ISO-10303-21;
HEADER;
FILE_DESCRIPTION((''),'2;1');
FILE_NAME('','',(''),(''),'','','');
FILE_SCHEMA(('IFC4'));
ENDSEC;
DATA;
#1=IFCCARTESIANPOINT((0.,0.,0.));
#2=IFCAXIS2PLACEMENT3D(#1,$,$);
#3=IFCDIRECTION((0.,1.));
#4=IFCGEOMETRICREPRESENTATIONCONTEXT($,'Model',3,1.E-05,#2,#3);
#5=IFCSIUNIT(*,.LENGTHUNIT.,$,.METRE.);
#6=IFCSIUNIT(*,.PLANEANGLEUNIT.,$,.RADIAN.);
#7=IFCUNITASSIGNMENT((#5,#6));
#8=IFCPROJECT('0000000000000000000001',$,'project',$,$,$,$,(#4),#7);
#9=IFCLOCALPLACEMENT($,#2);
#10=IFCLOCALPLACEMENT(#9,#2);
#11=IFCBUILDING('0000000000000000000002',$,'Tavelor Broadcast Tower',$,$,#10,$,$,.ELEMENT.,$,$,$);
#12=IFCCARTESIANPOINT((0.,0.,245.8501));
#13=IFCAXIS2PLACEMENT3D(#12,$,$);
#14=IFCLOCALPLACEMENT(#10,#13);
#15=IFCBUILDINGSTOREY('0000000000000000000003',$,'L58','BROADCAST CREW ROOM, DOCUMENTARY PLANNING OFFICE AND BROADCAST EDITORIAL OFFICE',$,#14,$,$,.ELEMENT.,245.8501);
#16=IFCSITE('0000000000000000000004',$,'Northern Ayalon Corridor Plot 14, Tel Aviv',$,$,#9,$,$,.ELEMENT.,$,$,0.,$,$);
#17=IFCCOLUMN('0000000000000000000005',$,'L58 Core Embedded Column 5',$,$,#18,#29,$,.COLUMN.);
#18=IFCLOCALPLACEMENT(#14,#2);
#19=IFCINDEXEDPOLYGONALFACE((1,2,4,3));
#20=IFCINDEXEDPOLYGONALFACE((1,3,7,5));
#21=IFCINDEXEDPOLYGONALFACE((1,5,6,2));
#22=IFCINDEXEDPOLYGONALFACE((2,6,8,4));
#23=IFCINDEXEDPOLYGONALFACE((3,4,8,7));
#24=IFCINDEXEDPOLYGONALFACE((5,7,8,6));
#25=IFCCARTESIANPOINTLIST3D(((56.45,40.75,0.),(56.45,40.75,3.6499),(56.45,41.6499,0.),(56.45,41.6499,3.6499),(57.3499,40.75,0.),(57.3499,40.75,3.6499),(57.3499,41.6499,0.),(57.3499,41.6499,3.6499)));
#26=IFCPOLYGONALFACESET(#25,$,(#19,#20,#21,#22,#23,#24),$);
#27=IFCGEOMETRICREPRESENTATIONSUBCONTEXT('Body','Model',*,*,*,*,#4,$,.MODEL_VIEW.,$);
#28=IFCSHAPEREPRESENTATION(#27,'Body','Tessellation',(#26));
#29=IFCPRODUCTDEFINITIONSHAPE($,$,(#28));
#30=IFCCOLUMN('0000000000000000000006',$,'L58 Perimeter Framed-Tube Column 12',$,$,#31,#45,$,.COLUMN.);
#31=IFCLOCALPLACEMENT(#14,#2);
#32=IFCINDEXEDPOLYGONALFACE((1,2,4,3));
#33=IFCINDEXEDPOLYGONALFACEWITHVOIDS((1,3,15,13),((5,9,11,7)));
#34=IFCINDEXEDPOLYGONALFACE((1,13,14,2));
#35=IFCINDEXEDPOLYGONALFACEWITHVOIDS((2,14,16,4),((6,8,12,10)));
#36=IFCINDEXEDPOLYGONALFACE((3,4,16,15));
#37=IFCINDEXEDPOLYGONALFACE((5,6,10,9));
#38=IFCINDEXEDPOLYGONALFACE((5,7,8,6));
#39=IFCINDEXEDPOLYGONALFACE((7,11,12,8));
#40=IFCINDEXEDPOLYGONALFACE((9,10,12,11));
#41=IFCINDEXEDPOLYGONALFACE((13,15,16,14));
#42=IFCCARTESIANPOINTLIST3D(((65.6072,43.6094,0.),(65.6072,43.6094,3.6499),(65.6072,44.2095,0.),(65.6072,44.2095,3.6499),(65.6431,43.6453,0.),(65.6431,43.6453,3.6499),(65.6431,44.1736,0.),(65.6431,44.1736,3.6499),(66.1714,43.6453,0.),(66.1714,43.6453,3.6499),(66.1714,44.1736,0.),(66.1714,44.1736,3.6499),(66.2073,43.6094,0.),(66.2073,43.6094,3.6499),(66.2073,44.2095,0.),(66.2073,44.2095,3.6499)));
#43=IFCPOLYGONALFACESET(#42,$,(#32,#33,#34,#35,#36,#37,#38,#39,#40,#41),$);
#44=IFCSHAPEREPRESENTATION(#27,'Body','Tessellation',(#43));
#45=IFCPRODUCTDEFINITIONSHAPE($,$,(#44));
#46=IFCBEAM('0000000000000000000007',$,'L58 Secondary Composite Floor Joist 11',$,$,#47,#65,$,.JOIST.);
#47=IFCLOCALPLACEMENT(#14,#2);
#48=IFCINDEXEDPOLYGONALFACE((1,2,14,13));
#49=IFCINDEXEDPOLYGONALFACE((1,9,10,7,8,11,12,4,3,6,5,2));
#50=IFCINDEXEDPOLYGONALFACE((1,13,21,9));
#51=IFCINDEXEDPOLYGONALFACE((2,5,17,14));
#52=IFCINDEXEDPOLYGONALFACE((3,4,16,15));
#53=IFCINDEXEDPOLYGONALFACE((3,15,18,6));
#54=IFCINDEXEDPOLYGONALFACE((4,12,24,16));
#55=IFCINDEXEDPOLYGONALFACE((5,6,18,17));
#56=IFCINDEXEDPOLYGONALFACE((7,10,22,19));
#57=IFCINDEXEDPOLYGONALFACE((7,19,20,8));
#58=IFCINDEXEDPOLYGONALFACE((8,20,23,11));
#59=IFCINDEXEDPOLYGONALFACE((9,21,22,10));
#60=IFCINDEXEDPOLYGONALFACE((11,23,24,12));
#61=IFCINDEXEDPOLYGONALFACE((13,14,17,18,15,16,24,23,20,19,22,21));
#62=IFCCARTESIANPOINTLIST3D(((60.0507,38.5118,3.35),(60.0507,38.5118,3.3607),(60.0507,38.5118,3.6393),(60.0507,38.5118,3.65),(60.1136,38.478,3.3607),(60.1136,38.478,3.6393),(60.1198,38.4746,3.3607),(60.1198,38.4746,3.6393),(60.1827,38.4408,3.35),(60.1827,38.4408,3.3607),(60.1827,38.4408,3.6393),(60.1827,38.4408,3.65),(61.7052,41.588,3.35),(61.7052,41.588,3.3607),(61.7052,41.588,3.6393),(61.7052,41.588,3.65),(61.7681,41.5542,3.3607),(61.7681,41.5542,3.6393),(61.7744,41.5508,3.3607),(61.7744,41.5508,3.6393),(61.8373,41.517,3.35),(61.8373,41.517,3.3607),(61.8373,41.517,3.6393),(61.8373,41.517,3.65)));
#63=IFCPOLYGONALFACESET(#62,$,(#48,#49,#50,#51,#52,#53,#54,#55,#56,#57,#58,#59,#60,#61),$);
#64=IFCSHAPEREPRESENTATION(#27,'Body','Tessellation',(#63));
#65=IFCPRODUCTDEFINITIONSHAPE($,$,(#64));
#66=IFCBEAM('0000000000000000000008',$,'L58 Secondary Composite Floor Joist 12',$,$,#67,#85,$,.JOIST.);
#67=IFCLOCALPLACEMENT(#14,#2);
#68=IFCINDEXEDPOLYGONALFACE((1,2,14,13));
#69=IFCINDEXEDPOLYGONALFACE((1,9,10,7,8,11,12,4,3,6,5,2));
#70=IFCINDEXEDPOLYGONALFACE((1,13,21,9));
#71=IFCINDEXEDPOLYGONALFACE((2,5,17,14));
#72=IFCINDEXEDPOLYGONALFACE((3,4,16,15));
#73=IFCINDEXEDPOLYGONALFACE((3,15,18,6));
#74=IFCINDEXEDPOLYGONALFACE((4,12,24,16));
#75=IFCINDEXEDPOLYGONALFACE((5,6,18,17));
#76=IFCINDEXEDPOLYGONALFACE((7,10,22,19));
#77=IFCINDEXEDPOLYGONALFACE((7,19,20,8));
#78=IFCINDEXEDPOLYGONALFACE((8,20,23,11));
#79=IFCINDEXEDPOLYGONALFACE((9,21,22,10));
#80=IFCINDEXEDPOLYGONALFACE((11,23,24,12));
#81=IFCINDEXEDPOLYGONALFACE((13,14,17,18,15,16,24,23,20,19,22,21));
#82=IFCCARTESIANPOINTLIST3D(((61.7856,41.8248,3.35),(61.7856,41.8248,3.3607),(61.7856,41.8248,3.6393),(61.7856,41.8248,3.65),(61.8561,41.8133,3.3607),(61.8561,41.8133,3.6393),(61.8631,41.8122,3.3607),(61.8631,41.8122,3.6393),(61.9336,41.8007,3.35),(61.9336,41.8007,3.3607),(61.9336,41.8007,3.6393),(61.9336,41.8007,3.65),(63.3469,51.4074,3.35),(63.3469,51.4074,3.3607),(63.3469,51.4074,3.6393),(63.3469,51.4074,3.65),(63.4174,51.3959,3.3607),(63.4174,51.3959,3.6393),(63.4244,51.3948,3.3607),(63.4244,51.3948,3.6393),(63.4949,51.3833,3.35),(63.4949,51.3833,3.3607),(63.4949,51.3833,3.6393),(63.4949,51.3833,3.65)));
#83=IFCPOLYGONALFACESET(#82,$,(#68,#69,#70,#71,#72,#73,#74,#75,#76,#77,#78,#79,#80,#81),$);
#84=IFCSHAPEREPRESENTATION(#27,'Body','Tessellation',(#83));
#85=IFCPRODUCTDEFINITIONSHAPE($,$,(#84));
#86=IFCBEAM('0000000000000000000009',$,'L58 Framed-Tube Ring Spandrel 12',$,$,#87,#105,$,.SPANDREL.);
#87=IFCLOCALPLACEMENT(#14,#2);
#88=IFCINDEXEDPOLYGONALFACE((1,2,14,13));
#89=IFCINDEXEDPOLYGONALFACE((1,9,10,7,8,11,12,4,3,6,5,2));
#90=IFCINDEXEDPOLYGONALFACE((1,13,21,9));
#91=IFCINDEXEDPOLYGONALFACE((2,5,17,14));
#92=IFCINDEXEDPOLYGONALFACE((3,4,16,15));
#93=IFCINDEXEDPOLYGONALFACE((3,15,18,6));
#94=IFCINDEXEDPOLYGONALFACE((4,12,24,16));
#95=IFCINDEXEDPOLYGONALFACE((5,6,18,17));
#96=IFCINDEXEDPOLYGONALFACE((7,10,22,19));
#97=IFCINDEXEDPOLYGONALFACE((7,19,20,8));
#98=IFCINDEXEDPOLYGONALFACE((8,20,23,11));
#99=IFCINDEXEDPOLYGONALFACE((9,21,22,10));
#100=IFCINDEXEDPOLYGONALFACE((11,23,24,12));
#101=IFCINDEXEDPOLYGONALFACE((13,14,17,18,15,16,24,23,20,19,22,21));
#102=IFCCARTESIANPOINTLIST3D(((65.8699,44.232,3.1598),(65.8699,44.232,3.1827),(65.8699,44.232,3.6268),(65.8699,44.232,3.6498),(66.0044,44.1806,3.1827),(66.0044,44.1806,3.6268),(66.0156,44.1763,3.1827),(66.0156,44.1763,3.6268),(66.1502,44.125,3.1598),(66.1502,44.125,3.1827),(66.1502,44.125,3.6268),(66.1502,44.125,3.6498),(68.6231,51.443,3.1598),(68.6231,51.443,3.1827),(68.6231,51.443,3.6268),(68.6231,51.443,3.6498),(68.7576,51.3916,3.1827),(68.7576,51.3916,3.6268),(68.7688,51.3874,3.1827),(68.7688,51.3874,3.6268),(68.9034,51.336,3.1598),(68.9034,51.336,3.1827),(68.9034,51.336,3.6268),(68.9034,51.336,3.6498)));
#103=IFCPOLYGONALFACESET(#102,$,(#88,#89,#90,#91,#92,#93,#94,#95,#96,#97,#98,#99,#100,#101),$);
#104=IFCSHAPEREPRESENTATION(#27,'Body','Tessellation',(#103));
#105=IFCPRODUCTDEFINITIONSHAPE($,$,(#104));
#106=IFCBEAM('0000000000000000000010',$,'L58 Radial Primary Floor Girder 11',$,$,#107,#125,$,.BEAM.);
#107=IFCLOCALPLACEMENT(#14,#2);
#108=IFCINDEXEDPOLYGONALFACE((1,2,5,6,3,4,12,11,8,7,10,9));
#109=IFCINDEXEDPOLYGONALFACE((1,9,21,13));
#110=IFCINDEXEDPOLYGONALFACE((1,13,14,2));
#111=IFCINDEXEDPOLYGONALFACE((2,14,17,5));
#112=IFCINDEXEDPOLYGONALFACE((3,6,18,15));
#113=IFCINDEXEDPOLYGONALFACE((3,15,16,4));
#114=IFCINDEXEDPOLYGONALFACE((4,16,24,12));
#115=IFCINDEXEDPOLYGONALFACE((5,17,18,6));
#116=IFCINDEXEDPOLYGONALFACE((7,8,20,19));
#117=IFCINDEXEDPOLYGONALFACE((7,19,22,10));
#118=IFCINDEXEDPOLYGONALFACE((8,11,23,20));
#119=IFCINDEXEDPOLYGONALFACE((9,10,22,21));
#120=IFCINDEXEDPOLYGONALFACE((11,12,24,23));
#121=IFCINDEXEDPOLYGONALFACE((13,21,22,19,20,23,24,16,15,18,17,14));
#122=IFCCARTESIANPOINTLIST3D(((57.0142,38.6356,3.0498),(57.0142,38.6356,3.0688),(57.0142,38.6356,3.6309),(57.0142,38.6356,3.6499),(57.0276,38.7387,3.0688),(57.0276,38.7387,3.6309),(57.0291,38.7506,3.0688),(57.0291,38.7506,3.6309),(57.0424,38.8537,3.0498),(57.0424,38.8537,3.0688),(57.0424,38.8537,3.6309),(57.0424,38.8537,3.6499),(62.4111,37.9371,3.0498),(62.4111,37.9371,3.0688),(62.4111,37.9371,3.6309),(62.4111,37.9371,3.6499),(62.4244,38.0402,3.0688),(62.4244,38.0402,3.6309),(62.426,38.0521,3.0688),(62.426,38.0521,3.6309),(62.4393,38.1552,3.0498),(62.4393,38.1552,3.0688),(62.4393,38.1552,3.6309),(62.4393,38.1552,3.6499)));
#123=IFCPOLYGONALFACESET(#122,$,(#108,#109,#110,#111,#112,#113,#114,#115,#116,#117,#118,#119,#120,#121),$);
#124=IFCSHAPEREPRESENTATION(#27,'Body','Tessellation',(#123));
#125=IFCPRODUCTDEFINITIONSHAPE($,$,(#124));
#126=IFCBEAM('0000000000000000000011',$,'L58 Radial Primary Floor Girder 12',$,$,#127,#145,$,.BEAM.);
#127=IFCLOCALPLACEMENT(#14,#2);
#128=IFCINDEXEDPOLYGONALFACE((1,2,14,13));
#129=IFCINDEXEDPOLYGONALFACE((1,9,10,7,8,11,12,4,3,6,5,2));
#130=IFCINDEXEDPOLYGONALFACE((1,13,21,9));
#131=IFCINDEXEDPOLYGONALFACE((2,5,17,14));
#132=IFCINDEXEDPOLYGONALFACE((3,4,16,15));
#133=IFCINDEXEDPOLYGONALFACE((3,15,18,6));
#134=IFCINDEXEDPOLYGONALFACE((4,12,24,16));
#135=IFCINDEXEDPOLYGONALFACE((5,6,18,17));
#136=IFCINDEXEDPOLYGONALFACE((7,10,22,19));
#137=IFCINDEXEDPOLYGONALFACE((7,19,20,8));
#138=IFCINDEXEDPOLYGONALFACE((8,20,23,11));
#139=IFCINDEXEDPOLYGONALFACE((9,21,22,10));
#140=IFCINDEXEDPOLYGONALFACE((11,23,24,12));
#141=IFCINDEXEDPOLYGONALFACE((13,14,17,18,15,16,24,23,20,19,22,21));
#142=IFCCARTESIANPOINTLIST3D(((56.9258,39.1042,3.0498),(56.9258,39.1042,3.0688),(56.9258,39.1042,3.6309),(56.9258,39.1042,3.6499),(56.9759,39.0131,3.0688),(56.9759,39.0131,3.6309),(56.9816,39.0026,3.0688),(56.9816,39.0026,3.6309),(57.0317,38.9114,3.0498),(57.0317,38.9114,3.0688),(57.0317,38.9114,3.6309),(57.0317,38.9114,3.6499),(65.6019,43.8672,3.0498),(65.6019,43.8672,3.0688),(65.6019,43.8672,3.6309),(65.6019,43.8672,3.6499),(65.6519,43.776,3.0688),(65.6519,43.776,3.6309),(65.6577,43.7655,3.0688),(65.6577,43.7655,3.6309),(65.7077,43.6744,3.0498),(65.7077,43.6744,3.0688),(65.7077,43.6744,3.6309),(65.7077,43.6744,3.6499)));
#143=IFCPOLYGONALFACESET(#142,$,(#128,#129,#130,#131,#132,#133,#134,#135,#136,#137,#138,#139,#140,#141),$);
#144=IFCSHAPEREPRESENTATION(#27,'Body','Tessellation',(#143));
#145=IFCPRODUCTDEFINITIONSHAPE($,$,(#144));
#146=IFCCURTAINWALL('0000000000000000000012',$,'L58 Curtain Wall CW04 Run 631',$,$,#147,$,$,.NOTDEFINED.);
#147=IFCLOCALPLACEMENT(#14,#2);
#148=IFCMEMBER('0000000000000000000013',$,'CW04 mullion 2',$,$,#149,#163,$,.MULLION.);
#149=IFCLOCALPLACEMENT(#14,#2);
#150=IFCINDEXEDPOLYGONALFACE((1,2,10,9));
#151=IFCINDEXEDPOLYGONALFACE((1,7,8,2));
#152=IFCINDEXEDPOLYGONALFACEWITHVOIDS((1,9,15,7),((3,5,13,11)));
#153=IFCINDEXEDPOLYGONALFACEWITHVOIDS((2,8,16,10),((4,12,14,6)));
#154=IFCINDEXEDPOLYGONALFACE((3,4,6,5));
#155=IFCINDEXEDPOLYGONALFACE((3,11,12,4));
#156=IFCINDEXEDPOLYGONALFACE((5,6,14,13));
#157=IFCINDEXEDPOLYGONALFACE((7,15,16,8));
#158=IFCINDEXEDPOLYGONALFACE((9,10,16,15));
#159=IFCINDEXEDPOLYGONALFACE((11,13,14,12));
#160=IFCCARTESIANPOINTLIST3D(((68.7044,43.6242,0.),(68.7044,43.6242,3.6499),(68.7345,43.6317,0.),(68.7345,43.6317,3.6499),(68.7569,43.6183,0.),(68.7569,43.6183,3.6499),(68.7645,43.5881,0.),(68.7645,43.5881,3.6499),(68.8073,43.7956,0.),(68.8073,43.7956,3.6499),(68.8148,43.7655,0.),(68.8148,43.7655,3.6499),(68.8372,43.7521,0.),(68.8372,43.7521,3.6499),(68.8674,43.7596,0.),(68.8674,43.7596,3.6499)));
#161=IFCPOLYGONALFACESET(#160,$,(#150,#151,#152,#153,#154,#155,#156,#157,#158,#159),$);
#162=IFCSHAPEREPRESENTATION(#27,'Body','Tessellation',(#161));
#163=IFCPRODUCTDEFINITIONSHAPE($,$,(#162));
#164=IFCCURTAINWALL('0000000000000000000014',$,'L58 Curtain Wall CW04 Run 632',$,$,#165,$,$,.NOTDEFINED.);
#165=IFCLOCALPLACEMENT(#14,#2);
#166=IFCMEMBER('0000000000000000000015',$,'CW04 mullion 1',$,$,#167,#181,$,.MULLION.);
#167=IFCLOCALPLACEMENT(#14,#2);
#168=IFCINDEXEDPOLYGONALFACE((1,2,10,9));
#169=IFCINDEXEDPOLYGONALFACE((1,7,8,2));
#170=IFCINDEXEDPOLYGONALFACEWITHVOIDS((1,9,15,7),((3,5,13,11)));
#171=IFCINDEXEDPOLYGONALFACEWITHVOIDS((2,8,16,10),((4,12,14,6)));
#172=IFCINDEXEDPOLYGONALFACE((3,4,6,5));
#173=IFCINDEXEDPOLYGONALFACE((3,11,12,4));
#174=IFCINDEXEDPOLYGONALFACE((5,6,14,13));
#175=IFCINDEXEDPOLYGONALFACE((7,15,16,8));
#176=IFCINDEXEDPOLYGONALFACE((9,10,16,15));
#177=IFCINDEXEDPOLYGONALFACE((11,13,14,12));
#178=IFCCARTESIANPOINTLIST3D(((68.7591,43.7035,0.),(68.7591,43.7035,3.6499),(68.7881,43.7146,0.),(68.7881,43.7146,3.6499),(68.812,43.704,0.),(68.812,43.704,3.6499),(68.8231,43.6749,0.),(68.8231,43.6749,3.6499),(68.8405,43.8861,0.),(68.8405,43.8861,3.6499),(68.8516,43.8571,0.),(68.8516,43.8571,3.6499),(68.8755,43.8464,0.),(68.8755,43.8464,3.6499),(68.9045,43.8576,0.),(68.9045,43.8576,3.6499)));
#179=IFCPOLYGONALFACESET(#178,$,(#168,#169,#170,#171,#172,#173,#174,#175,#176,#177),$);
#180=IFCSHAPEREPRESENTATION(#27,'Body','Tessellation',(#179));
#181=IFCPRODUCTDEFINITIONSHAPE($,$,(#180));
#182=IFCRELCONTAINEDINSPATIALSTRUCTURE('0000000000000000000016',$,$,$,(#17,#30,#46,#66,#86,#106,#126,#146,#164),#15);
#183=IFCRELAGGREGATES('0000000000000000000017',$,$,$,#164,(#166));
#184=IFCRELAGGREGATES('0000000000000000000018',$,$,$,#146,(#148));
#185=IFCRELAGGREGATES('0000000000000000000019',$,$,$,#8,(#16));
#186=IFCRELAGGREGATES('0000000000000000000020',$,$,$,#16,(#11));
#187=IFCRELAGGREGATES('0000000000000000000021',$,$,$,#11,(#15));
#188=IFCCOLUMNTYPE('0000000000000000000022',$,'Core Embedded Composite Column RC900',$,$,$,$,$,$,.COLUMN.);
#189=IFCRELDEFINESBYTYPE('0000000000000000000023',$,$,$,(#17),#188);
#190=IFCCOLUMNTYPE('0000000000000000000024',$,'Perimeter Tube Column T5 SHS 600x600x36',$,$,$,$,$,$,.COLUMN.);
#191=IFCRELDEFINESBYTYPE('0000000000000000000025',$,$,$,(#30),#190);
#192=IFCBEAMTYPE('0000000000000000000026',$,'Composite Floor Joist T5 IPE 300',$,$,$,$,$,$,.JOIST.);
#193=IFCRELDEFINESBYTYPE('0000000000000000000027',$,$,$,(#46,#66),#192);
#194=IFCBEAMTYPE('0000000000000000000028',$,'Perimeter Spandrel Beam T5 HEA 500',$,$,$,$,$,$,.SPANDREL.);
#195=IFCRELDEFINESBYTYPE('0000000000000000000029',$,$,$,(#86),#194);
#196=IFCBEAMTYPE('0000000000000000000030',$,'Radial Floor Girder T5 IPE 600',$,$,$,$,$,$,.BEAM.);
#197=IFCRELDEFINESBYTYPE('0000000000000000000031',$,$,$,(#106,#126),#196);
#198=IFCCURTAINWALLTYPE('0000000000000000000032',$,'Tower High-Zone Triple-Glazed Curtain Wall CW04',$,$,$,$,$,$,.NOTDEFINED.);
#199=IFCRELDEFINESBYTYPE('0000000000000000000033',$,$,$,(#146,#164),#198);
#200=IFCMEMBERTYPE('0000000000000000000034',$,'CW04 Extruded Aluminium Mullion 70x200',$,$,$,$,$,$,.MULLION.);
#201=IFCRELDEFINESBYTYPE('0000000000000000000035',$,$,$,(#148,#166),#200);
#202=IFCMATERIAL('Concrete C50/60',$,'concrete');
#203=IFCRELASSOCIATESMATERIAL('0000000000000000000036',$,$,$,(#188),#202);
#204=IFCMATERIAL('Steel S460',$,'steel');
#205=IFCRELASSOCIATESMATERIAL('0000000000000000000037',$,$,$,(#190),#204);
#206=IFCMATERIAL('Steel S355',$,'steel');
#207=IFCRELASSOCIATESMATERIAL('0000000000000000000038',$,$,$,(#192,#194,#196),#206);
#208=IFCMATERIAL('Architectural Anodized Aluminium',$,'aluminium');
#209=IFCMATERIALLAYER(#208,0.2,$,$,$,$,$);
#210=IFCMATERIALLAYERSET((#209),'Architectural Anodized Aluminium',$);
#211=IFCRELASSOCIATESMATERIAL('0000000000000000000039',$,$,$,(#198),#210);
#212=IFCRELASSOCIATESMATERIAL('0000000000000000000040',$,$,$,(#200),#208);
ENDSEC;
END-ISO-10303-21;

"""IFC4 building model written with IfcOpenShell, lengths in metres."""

from ifc_helpers import new_model, si_unit, direction, frame, origin, origin_2d, place, context, subcontext, project, spatial, rectangle, hollow_rectangle, i_section, extrude, source, transform, mapped, material, layer, layer_set, material_profile, profile_set, type_object, type_shapes, element, aggregate, save


model = new_model("IFC4")

# Units and contexts
model_context = context("Model", 3, precision=1e-05, world=origin(), true_north=direction((0.0, 1.0)))
body_context = subcontext(model_context, "Body", "Model", "MODEL_VIEW")
ifc_project = project(units=[si_unit("LENGTHUNIT", "METRE"), si_unit("PLANEANGLEUNIT", "RADIAN")], contexts=[model_context])

# Site, building, storey
site_placement = place(None, origin())
site = spatial("IfcSite", under=ifc_project, at=site_placement, Name="Northern Ayalon Corridor Plot 14, Tel Aviv", CompositionType="ELEMENT", RefElevation=0.0)
building_placement = place(site_placement, origin())
building = spatial("IfcBuilding", under=site, at=building_placement, Name="Tavelor Broadcast Tower", CompositionType="ELEMENT")
storey_placement = place(building_placement, frame((0.0, 0.0, 245.8501)))
storey = spatial("IfcBuildingStorey", under=building, at=storey_placement, Name="L58", Description="BROADCAST CREW ROOM, DOCUMENTARY PLANNING OFFICE AND BROADCAST EDITORIAL OFFICE", CompositionType="ELEMENT", Elevation=245.8501)

# Columns
ifc_material_1 = material(Name="Concrete C50/60", Category="concrete")
ifc_material_profile_1 = material_profile(ifc_material_1, rectangle(XDim=0.8999, YDim=0.8999, at=origin_2d()), Name="RC 900x900")
ifc_profile_set_1 = profile_set([ifc_material_profile_1], Name="Concrete C50/60")
column_type_1 = type_object("IfcColumnType", Name="Core Embedded Composite Column RC900", PredefinedType="COLUMN", material=ifc_profile_set_1)
column_1_placement = place(storey_placement, frame((56.8999, 41.2, 0.0), z_axis=(0.0, 0.0, 1.0), x_axis=(1.0, 0.0, 0.0)))
element("IfcColumn", 1, at=column_1_placement, inside=storey, type_object=column_type_1, Name="L58 Core Embedded Column 5", PredefinedType="COLUMN", context=body_context, shape_type="SweptSolid", body=[
    extrude(rectangle(XDim=0.8999, YDim=0.8999, at=origin_2d()), origin(), (0.0, 0.0, 1.0), 3.6499),
])
ifc_material_2 = material(Name="Steel S460", Category="steel")
ifc_material_profile_2 = material_profile(ifc_material_2, hollow_rectangle(XDim=0.6001, YDim=0.6001, WallThickness=0.0359, at=origin_2d()), Name="SHS 600x600x36")
ifc_profile_set_2 = profile_set([ifc_material_profile_2], Name="Steel S460")
column_type_2 = type_object("IfcColumnType", Name="Perimeter Tube Column T5 SHS 600x600x36", PredefinedType="COLUMN", material=ifc_profile_set_2)
column_2_placement = place(storey_placement, frame((65.9072, 43.9094, 0.0), z_axis=(0.0, 0.0, 1.0), x_axis=(1.0, 0.0, 0.0)))
element("IfcColumn", 2, at=column_2_placement, inside=storey, type_object=column_type_2, Name="L58 Perimeter Framed-Tube Column 12", PredefinedType="COLUMN", context=body_context, shape_type="SweptSolid", body=[
    extrude(hollow_rectangle(XDim=0.6001, YDim=0.6001, WallThickness=0.0359, at=origin_2d()), origin(), (0.0, 0.0, 1.0), 3.6499),
])

# Beams
ifc_material_3 = material(Name="Steel S355", Category="steel")
ifc_material_profile_3 = material_profile(ifc_material_3, i_section(OverallWidth=0.1499, OverallDepth=0.3, WebThickness=0.0071, FlangeThickness=0.0107, at=origin_2d()), Name="IPE 300")
ifc_profile_set_3 = profile_set([ifc_material_profile_3], Name="Steel S355")
beam_type_1 = type_object("IfcBeamType", Name="Composite Floor Joist T5 IPE 300", PredefinedType="JOIST", material=ifc_profile_set_3)
beam_1_placement = place(storey_placement, frame((60.1167, 38.4763, 3.5), z_axis=(0.473687, 0.880693, 0.0), x_axis=(-0.880693, 0.473687, 0.0)))
element("IfcBeam", 3, at=beam_1_placement, inside=storey, type_object=beam_type_1, Name="L58 Secondary Composite Floor Joist 11", PredefinedType="JOIST", context=body_context, shape_type="SweptSolid", body=[
    extrude(i_section(OverallWidth=0.1499, OverallDepth=0.3, WebThickness=0.0071, FlangeThickness=0.0107, at=origin_2d()), origin(), (0.0, 0.0, 1.0), 3.4929),
])
beam_2_placement = place(storey_placement, frame((61.8596, 41.8127, 3.5), z_axis=(0.160809, 0.986985, 0.0), x_axis=(-0.986985, 0.160809, 0.0)))
element("IfcBeam", 4, at=beam_2_placement, inside=storey, type_object=beam_type_1, Name="L58 Secondary Composite Floor Joist 12", PredefinedType="JOIST", context=body_context, shape_type="SweptSolid", body=[
    extrude(i_section(OverallWidth=0.1499, OverallDepth=0.3, WebThickness=0.0071, FlangeThickness=0.0107, at=origin_2d()), origin(), (0.0, 0.0, 1.0), 9.709),
])
ifc_material_profile_4 = material_profile(ifc_material_3, i_section(OverallWidth=0.3, OverallDepth=0.49, WebThickness=0.012, FlangeThickness=0.0229, at=origin_2d()), Name="HEA 500")
ifc_profile_set_4 = profile_set([ifc_material_profile_4], Name="Steel S355")
beam_type_2 = type_object("IfcBeamType", Name="Perimeter Spandrel Beam T5 HEA 500", PredefinedType="SPANDREL", material=ifc_profile_set_4)
beam_3_placement = place(storey_placement, frame((66.01, 44.1785, 3.4048), z_axis=(0.356691, 0.934222, 0.0), x_axis=(-0.934222, 0.356691, 0.0)))
element("IfcBeam", 5, at=beam_3_placement, inside=storey, type_object=beam_type_2, Name="L58 Framed-Tube Ring Spandrel 12", PredefinedType="SPANDREL", context=body_context, shape_type="SweptSolid", body=[
    extrude(i_section(OverallWidth=0.3, OverallDepth=0.49, WebThickness=0.012, FlangeThickness=0.0229, at=origin_2d()), origin(), (0.0, 0.0, 1.0), 7.7188),
])
ifc_material_profile_5 = material_profile(ifc_material_3, i_section(OverallWidth=0.22, OverallDepth=0.6001, WebThickness=0.012, FlangeThickness=0.019, at=origin_2d()), Name="IPE 600")
ifc_profile_set_5 = profile_set([ifc_material_profile_5], Name="Steel S355")
beam_type_3 = type_object("IfcBeamType", Name="Radial Floor Girder T5 IPE 600", PredefinedType="BEAM", material=ifc_profile_set_5)
beam_4_placement = place(storey_placement, frame((57.0283, 38.7446, 3.3499), z_axis=(0.991729, -0.128351, 0.0), x_axis=(0.128351, 0.991729, 0.0)))
element("IfcBeam", 6, at=beam_4_placement, inside=storey, type_object=beam_type_3, Name="L58 Radial Primary Floor Girder 11", PredefinedType="BEAM", context=body_context, shape_type="SweptSolid", body=[
    extrude(i_section(OverallWidth=0.22, OverallDepth=0.6001, WebThickness=0.012, FlangeThickness=0.019, at=origin_2d()), origin(), (0.0, 0.0, 1.0), 5.4419),
])
beam_5_placement = place(storey_placement, frame((56.9788, 39.0078, 3.3499), z_axis=(0.876594, 0.48123, 0.0), x_axis=(-0.48123, 0.876594, 0.0)))
element("IfcBeam", 7, at=beam_5_placement, inside=storey, type_object=beam_type_3, Name="L58 Radial Primary Floor Girder 12", PredefinedType="BEAM", context=body_context, shape_type="SweptSolid", body=[
    extrude(i_section(OverallWidth=0.22, OverallDepth=0.6001, WebThickness=0.012, FlangeThickness=0.019, at=origin_2d()), origin(), (0.0, 0.0, 1.0), 9.8975),
])

# Curtain wall, member
ifc_material_4 = material(Name="Architectural Anodized Aluminium", Category="aluminium")
ifc_layer_1 = layer(ifc_material_4, 0.2)
ifc_layer_set_1 = layer_set([ifc_layer_1], Name="Architectural Anodized Aluminium")
curtain_wall_type = type_object("IfcCurtainWallType", Name="Tower High-Zone Triple-Glazed Curtain Wall CW04", PredefinedType="NOTDEFINED", material=ifc_layer_set_1)
curtain_wall_1_placement = place(storey_placement, origin())
curtain_wall_1 = element("IfcCurtainWall", 8, at=curtain_wall_1_placement, inside=storey, type_object=curtain_wall_type, Name="L58 Curtain Wall CW04 Run 631", PredefinedType="NOTDEFINED")
ifc_material_profile_6 = material_profile(ifc_material_4, hollow_rectangle(XDim=0.0701, YDim=0.2, WallThickness=0.022, at=origin_2d()), Name="RHS 70x200x22")
ifc_profile_set_6 = profile_set([ifc_material_profile_6], Name="Architectural Anodized Aluminium")
member_type_1 = type_object("IfcMemberType", Name="CW04 Extruded Aluminium Mullion 70x200", PredefinedType="MULLION", material=ifc_profile_set_6)
shared_shape_1 = source(origin(), body_context, "Body", "SweptSolid", [
    extrude(hollow_rectangle(XDim=0.0701, YDim=0.2, WallThickness=0.022, at=origin_2d()), origin(), (0.0, 0.0, 1.0), 3.6499),
])
type_shapes(member_type_1, [shared_shape_1])
member_1_placement = place(storey_placement, frame((68.7859, 43.6919, 0.0), z_axis=(0.0, 0.0, 1.0), x_axis=(-0.857399, 0.514652, 0.0)))
member_1 = element("IfcMember", 9, at=member_1_placement, type_object=member_type_1, Name="CW04 mullion 2", PredefinedType="MULLION", context=body_context, shape_type="MappedRepresentation", body=[
    mapped(shared_shape_1, transform((0.0, 0.0, 0.0), scale=1.0)),
])

# Curtain wall, member
curtain_wall_2_placement = place(storey_placement, origin())
curtain_wall_2 = element("IfcCurtainWall", 10, at=curtain_wall_2_placement, inside=storey, type_object=curtain_wall_type, Name="L58 Curtain Wall CW04 Run 632", PredefinedType="NOTDEFINED")
member_2_placement = place(storey_placement, frame((68.8318, 43.7805, 0.0), z_axis=(0.0, 0.0, 1.0), x_axis=(-0.913373, 0.407124, 0.0)))
member_2 = element("IfcMember", 11, at=member_2_placement, type_object=member_type_1, Name="CW04 mullion 1", PredefinedType="MULLION", context=body_context, shape_type="MappedRepresentation", body=[
    mapped(shared_shape_1, transform((0.0, 0.0, 0.0), scale=1.0)),
])
aggregate(curtain_wall_2, [member_2])

aggregate(curtain_wall_1, [member_1])

save(model, "model.ifc")
